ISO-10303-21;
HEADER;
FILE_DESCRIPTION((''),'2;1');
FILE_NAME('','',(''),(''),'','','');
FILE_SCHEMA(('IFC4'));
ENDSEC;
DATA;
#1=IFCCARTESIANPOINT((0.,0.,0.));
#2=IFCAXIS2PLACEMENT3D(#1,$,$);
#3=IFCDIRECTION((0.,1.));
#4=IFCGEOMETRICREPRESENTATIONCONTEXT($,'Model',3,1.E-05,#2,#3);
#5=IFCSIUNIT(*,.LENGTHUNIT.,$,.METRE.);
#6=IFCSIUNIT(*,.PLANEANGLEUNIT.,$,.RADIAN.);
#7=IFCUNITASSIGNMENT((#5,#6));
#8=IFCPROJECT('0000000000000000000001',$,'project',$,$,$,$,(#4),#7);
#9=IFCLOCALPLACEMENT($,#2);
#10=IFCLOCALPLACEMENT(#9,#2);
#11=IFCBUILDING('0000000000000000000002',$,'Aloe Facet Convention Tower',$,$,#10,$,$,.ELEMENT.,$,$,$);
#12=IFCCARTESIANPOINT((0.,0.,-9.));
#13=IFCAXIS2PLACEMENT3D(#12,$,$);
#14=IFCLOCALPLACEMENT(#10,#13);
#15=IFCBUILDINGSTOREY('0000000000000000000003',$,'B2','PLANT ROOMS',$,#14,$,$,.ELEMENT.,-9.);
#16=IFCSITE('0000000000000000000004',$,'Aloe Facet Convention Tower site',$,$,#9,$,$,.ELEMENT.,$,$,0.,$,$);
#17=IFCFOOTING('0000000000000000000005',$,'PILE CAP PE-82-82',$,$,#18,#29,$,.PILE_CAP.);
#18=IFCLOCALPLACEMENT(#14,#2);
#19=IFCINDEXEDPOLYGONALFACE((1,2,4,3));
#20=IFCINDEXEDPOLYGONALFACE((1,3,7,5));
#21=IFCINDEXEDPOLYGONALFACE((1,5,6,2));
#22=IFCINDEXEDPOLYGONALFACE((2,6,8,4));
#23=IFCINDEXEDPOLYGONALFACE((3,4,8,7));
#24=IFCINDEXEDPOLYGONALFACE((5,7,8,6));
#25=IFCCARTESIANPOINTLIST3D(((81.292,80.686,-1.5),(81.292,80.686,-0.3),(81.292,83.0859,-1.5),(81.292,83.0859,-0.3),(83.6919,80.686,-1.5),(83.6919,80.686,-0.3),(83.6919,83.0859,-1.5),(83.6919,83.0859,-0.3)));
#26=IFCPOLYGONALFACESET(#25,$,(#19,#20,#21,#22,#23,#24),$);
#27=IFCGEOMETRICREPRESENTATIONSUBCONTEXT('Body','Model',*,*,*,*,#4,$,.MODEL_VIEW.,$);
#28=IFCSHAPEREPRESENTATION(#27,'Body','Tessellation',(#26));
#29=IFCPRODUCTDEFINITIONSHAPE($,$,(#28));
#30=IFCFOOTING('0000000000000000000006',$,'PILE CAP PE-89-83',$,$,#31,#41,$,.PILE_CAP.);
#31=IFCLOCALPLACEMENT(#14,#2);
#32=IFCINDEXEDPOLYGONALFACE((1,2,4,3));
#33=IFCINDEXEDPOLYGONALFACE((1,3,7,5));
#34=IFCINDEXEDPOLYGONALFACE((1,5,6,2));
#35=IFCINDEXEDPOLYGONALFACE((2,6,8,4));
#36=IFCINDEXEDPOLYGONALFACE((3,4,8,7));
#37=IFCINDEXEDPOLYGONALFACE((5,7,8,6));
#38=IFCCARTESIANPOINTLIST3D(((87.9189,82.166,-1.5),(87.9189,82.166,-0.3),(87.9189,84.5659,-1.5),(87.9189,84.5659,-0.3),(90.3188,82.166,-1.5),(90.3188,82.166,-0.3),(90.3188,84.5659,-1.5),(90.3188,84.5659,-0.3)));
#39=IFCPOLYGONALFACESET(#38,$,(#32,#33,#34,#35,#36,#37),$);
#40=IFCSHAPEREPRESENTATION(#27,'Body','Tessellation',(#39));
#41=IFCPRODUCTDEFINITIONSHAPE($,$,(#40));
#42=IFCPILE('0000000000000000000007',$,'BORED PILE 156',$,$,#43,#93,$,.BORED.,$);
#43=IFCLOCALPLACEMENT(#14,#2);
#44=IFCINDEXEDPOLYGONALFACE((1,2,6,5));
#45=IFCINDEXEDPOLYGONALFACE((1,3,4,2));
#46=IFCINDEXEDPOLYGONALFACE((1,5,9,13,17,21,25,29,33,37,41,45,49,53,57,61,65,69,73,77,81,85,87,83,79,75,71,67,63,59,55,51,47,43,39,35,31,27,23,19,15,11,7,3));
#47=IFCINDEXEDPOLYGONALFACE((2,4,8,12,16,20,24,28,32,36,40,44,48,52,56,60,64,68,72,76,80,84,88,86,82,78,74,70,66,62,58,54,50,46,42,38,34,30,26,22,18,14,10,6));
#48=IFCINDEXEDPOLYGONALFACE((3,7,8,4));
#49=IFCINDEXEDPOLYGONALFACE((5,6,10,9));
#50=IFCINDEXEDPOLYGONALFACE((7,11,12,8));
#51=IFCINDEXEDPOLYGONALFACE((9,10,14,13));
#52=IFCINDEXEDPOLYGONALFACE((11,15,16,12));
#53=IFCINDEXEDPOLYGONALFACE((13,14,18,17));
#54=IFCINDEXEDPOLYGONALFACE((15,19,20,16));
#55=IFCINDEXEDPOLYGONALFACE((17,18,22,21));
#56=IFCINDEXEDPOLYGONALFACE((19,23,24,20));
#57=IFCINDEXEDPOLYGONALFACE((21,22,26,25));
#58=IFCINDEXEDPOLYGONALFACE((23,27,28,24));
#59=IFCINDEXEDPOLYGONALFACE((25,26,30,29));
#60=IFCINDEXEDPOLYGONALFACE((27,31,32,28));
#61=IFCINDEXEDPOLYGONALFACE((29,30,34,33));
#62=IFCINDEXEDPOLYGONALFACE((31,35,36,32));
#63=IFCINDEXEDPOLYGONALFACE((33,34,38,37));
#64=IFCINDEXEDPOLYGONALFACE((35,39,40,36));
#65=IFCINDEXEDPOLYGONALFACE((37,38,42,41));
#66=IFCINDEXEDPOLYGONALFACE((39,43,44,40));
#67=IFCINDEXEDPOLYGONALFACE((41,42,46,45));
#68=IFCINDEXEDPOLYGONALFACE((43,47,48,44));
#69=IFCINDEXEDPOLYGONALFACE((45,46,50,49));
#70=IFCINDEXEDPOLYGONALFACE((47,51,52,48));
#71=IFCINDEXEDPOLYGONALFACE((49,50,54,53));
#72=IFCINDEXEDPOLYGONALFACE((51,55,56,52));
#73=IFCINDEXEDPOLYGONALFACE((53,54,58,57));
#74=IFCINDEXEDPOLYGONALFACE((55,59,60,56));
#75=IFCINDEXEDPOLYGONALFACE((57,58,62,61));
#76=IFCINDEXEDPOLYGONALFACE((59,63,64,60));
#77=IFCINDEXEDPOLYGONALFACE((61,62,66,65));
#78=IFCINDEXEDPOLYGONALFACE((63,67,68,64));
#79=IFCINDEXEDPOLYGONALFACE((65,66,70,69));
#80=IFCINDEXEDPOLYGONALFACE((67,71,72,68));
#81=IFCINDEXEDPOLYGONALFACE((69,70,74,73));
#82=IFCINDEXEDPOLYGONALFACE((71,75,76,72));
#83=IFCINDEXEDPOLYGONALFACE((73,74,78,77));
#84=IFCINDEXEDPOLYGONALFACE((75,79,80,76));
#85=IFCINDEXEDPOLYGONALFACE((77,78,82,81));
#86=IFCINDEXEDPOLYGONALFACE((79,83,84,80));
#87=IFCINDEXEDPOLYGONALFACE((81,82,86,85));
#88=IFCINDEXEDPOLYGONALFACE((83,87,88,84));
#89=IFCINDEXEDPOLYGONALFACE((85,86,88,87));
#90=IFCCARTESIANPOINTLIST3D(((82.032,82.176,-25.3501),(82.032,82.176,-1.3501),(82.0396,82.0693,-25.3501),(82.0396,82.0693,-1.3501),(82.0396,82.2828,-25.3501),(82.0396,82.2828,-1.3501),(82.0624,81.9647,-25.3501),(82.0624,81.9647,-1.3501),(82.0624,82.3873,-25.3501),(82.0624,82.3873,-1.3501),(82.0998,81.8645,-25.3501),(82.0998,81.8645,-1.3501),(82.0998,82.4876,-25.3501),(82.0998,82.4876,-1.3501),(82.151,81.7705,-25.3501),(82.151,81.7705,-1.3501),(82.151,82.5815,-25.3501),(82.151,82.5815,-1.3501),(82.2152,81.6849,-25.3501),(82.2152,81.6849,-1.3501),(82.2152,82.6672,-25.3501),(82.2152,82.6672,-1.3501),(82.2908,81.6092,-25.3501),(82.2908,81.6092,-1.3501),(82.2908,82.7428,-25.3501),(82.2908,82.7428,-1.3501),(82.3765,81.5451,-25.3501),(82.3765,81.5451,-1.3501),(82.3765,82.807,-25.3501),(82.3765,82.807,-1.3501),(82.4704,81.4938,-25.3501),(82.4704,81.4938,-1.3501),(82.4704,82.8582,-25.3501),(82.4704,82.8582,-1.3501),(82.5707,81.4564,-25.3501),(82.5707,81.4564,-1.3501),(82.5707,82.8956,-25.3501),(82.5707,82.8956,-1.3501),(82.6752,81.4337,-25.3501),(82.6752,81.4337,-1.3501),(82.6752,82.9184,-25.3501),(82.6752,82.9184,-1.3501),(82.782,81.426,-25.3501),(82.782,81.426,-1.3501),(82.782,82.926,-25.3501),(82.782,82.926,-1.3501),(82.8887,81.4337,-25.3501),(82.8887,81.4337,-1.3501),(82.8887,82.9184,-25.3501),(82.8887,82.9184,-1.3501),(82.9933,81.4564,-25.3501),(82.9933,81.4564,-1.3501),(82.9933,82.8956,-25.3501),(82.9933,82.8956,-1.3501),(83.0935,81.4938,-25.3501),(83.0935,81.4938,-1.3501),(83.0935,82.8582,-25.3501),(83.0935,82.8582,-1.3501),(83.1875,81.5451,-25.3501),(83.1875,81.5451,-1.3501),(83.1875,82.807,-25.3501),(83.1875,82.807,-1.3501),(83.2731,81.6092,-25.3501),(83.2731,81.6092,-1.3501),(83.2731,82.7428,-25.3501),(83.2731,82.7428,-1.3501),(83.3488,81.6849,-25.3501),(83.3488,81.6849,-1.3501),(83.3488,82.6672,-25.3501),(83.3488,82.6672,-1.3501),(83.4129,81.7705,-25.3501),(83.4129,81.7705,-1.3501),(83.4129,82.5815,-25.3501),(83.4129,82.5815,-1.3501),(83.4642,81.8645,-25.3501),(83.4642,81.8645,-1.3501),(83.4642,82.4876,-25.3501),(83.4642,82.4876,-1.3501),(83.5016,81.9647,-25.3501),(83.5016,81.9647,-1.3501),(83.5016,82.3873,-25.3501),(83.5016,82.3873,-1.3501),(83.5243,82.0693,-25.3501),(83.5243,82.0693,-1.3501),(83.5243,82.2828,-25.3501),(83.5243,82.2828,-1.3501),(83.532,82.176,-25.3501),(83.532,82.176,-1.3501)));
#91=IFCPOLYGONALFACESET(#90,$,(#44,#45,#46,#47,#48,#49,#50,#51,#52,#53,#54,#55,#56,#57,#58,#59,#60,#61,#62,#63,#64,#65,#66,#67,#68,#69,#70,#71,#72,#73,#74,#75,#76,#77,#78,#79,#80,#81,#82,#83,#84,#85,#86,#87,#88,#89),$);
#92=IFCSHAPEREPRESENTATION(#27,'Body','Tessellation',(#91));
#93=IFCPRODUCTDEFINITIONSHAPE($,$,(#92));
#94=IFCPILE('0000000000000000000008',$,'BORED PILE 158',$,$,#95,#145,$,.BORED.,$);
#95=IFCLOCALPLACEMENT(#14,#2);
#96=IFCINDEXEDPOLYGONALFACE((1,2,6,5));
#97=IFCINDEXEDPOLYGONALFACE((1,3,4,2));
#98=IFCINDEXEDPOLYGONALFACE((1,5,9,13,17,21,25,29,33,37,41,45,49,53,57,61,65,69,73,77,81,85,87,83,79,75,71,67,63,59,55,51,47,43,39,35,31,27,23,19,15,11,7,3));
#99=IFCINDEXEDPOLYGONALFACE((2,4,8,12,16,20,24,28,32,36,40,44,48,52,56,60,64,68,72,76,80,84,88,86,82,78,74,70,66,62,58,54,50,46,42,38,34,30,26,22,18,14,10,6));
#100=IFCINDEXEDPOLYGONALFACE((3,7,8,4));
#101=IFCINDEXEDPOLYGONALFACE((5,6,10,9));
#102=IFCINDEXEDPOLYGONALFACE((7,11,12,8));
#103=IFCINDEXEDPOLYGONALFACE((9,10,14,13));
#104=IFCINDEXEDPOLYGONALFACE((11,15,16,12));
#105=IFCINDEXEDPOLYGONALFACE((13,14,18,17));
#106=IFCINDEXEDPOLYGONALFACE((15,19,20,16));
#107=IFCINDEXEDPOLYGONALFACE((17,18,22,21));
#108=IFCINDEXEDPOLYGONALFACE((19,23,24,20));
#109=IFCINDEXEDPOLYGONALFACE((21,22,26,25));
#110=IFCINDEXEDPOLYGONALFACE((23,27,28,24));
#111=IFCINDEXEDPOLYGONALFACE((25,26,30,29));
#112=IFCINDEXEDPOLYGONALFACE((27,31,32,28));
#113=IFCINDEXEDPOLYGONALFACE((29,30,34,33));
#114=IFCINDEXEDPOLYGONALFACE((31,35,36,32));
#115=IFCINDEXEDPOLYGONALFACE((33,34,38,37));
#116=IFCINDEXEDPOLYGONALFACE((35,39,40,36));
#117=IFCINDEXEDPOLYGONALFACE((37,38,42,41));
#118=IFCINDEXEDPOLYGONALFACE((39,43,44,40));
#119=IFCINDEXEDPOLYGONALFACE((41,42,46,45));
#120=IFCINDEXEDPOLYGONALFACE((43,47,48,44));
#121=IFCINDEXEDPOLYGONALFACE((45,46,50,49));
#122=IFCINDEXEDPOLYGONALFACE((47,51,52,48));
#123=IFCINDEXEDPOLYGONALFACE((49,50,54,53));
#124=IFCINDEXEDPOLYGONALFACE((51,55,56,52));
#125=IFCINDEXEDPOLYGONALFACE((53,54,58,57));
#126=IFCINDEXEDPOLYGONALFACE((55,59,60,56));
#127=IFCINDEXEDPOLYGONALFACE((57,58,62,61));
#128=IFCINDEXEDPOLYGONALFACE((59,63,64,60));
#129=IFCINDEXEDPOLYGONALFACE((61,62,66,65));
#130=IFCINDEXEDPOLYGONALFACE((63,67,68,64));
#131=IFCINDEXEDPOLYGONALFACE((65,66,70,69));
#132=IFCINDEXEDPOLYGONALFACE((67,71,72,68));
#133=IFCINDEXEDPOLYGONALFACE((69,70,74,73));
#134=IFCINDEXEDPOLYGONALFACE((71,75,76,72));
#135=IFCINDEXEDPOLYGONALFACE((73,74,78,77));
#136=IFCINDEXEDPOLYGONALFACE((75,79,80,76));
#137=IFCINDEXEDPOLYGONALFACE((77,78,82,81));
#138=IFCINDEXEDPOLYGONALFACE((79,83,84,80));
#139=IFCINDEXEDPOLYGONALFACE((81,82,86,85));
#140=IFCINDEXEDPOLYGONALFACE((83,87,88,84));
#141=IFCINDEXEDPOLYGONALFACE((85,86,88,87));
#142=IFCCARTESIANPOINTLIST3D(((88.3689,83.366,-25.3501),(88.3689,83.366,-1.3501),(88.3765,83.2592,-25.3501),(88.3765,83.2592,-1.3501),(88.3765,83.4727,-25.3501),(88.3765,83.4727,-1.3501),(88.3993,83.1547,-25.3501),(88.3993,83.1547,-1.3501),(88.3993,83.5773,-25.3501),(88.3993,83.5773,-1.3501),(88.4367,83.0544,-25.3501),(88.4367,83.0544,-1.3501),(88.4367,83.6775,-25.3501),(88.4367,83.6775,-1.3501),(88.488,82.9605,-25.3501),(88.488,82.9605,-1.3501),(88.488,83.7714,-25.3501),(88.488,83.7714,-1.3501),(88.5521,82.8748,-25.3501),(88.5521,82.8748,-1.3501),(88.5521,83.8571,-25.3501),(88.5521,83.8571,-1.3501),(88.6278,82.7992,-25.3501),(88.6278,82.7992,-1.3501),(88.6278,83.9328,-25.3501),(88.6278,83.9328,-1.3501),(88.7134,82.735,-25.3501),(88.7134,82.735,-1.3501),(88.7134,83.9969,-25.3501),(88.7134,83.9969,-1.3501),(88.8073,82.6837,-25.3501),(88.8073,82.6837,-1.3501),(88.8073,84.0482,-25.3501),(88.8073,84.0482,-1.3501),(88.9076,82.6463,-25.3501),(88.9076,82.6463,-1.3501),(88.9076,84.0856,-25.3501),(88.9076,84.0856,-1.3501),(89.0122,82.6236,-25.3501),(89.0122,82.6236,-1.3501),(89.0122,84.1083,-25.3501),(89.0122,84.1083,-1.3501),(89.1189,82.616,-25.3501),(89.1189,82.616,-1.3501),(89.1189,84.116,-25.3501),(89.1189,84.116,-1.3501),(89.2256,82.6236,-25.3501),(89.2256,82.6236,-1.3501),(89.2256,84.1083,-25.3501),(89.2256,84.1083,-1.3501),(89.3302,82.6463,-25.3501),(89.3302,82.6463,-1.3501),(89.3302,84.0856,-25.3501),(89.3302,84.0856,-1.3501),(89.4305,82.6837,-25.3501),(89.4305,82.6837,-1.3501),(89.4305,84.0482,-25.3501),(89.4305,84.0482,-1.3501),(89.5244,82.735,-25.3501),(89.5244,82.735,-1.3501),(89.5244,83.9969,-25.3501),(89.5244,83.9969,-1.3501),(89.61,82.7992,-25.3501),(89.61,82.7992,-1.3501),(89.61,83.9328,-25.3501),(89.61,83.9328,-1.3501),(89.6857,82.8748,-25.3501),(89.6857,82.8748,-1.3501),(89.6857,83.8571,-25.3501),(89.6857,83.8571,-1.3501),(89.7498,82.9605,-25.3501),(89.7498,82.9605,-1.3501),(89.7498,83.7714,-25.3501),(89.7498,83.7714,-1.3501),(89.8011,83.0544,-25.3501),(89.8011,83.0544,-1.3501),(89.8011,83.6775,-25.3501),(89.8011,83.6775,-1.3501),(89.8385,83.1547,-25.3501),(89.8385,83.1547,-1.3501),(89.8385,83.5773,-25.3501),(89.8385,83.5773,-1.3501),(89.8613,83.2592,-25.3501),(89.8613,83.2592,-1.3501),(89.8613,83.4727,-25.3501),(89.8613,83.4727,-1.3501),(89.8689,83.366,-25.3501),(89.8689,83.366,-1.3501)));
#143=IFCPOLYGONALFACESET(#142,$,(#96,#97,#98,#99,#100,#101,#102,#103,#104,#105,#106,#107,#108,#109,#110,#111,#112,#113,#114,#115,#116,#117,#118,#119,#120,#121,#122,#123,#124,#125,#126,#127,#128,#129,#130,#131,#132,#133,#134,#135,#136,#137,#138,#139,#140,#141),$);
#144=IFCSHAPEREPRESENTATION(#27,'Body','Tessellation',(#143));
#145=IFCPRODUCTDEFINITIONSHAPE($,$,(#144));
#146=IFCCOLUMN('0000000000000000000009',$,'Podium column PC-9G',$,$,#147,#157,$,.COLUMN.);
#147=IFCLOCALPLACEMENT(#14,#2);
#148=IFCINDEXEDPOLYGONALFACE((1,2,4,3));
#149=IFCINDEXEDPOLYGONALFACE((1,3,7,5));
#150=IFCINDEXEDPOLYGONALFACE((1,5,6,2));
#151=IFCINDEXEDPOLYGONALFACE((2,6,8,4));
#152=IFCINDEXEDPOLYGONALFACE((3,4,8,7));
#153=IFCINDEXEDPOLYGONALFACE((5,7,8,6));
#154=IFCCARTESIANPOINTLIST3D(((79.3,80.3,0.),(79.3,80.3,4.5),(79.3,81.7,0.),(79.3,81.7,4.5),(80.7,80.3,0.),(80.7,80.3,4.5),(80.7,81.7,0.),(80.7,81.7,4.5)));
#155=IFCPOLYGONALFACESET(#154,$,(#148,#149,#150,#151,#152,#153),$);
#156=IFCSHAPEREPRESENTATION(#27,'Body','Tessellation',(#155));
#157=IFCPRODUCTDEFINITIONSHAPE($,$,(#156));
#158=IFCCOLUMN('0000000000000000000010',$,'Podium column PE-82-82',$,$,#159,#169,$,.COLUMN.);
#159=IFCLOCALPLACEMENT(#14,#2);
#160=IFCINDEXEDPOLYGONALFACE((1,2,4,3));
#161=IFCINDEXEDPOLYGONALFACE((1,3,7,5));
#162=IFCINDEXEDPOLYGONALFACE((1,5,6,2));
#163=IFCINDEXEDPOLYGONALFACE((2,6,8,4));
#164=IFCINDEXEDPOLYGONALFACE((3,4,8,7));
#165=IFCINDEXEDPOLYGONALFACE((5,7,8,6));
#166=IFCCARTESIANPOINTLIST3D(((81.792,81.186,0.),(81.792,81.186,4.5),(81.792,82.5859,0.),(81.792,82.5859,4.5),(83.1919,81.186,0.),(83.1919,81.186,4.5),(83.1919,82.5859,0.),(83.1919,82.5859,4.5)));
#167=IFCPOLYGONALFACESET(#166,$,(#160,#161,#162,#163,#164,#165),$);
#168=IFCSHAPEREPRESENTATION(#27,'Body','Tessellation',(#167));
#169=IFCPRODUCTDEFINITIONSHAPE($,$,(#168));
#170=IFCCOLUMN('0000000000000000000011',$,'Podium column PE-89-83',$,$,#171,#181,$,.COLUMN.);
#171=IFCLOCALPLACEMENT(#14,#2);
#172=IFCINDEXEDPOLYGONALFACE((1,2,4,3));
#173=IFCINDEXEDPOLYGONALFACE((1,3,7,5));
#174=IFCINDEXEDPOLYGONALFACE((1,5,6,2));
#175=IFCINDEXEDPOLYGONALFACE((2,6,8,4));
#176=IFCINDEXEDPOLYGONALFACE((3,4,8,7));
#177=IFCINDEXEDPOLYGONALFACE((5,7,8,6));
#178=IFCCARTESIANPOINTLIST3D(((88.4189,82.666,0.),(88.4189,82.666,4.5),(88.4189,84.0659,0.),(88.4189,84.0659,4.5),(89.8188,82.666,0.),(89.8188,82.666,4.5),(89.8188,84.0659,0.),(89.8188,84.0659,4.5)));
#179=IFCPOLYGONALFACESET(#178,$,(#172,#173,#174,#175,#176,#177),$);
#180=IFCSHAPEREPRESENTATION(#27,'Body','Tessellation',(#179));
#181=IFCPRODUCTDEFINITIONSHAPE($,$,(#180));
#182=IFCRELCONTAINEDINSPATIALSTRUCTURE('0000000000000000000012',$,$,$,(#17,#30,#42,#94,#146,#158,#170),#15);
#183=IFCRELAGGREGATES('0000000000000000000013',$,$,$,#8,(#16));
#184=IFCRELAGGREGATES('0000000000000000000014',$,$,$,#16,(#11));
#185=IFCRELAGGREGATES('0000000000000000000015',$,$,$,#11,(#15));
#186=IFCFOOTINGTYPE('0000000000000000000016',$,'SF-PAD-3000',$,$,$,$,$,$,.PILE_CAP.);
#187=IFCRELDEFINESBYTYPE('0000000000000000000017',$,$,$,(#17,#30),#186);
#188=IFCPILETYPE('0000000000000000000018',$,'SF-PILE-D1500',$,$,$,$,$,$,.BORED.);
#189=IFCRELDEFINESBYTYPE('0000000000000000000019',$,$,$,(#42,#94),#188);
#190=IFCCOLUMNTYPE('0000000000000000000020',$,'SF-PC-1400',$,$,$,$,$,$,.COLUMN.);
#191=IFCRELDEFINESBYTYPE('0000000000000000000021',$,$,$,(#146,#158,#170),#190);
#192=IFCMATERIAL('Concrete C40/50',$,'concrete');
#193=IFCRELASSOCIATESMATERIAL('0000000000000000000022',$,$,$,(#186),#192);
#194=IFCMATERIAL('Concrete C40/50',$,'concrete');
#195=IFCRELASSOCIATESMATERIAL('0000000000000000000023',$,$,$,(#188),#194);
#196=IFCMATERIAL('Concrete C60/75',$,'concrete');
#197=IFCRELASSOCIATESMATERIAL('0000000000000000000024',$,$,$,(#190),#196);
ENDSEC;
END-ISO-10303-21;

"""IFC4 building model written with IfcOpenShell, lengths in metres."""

from ifc_helpers import new_model, si_unit, direction, frame, origin, origin_2d, place, context, subcontext, project, spatial, rectangle, circle, extrude, material, material_profile, profile_set, type_object, element, save


model = new_model("IFC4")

# Units and contexts
model_context = context("Model", 3, precision=1e-05, world=origin(), true_north=direction((0.0, 1.0)))
body_context = subcontext(model_context, "Body", "Model", "MODEL_VIEW")
ifc_project = project(units=[si_unit("LENGTHUNIT", "METRE"), si_unit("PLANEANGLEUNIT", "RADIAN")], contexts=[model_context])

# Site, building, storey
site_placement = place(None, origin())
site = spatial("IfcSite", under=ifc_project, at=site_placement, Name="Aloe Facet Convention Tower site", CompositionType="ELEMENT", RefElevation=0.0)
building_placement = place(site_placement, origin())
building = spatial("IfcBuilding", under=site, at=building_placement, Name="Aloe Facet Convention Tower", CompositionType="ELEMENT")
storey_placement = place(building_placement, frame((0.0, 0.0, -9.0)))
storey = spatial("IfcBuildingStorey", under=building, at=storey_placement, Name="B2", Description="PLANT ROOMS", CompositionType="ELEMENT", Elevation=-9.0)

# Footings
ifc_material_1 = material(Name="Concrete C40/50", Category="concrete")
footing_type = type_object("IfcFootingType", Name="SF-PAD-3000", PredefinedType="PILE_CAP", material=ifc_material_1)
for number, where, z_axis, x_axis, name in (
    (1, (82.4919, 81.886, -1.5), (0.0, 0.0, 1.0), (1.0, 0.0, 0.0), "PILE CAP PE-82-82"),
    (2, (89.1189, 83.366, -1.5), (0.0, 0.0, 1.0), (1.0, 0.0, 0.0), "PILE CAP PE-89-83"),
):
    element("IfcFooting", number, at=place(storey_placement, frame(where, z_axis=z_axis, x_axis=x_axis)), inside=storey, type_object=footing_type, Name=name, PredefinedType="PILE_CAP", context=body_context, shape_type="SweptSolid", body=[
        extrude(rectangle(XDim=2.3999, YDim=2.3999, at=origin_2d()), origin(), (0.0, 0.0, 1.0), 1.2),
    ])

# Piles
ifc_material_2 = material(Name="Concrete C40/50", Category="concrete")
ifc_material_profile_1 = material_profile(ifc_material_2, circle(Radius=0.75, at=origin_2d()), Name="D1500")
ifc_profile_set_1 = profile_set([ifc_material_profile_1], Name="Concrete C40/50")
pile_type = type_object("IfcPileType", Name="SF-PILE-D1500", PredefinedType="BORED", material=ifc_profile_set_1)
for number, where, z_axis, x_axis, name in (
    (3, (82.782, 82.176, -1.3501), (0.0, 0.0, -1.0), (1.0, 0.0, 0.0), "BORED PILE 156"),
    (4, (89.1189, 83.366, -1.3501), (0.0, 0.0, -1.0), (1.0, 0.0, 0.0), "BORED PILE 158"),
):
    element("IfcPile", number, at=place(storey_placement, frame(where, z_axis=z_axis, x_axis=x_axis)), inside=storey, type_object=pile_type, Name=name, PredefinedType="BORED", context=body_context, shape_type="SweptSolid", body=[
        extrude(circle(Radius=0.75, at=origin_2d()), origin(), (0.0, 0.0, 1.0), 24.0),
    ])

# Columns
ifc_material_3 = material(Name="Concrete C60/75", Category="concrete")
ifc_material_profile_2 = material_profile(ifc_material_3, rectangle(XDim=1.3999, YDim=1.3999, at=origin_2d()), Name="SF-PC-1400")
ifc_profile_set_2 = profile_set([ifc_material_profile_2], Name="Concrete C60/75")
column_type = type_object("IfcColumnType", Name="SF-PC-1400", PredefinedType="COLUMN", material=ifc_profile_set_2)
for number, where, z_axis, x_axis, name in (
    (5, (80.0, 81.0, 0.0), (0.0, 0.0, 1.0), (1.0, 0.0, 0.0), "Podium column PC-9G"),
    (6, (82.4919, 81.886, 0.0), (0.0, 0.0, 1.0), (1.0, 0.0, 0.0), "Podium column PE-82-82"),
    (7, (89.1189, 83.366, 0.0), (0.0, 0.0, 1.0), (1.0, 0.0, 0.0), "Podium column PE-89-83"),
):
    element("IfcColumn", number, at=place(storey_placement, frame(where, z_axis=z_axis, x_axis=x_axis)), inside=storey, type_object=column_type, Name=name, PredefinedType="COLUMN", context=body_context, shape_type="SweptSolid", body=[
        extrude(rectangle(XDim=1.3999, YDim=1.3999, at=origin_2d()), origin(), (0.0, 0.0, 1.0), 4.5),
    ])

save(model, "model.ifc")
